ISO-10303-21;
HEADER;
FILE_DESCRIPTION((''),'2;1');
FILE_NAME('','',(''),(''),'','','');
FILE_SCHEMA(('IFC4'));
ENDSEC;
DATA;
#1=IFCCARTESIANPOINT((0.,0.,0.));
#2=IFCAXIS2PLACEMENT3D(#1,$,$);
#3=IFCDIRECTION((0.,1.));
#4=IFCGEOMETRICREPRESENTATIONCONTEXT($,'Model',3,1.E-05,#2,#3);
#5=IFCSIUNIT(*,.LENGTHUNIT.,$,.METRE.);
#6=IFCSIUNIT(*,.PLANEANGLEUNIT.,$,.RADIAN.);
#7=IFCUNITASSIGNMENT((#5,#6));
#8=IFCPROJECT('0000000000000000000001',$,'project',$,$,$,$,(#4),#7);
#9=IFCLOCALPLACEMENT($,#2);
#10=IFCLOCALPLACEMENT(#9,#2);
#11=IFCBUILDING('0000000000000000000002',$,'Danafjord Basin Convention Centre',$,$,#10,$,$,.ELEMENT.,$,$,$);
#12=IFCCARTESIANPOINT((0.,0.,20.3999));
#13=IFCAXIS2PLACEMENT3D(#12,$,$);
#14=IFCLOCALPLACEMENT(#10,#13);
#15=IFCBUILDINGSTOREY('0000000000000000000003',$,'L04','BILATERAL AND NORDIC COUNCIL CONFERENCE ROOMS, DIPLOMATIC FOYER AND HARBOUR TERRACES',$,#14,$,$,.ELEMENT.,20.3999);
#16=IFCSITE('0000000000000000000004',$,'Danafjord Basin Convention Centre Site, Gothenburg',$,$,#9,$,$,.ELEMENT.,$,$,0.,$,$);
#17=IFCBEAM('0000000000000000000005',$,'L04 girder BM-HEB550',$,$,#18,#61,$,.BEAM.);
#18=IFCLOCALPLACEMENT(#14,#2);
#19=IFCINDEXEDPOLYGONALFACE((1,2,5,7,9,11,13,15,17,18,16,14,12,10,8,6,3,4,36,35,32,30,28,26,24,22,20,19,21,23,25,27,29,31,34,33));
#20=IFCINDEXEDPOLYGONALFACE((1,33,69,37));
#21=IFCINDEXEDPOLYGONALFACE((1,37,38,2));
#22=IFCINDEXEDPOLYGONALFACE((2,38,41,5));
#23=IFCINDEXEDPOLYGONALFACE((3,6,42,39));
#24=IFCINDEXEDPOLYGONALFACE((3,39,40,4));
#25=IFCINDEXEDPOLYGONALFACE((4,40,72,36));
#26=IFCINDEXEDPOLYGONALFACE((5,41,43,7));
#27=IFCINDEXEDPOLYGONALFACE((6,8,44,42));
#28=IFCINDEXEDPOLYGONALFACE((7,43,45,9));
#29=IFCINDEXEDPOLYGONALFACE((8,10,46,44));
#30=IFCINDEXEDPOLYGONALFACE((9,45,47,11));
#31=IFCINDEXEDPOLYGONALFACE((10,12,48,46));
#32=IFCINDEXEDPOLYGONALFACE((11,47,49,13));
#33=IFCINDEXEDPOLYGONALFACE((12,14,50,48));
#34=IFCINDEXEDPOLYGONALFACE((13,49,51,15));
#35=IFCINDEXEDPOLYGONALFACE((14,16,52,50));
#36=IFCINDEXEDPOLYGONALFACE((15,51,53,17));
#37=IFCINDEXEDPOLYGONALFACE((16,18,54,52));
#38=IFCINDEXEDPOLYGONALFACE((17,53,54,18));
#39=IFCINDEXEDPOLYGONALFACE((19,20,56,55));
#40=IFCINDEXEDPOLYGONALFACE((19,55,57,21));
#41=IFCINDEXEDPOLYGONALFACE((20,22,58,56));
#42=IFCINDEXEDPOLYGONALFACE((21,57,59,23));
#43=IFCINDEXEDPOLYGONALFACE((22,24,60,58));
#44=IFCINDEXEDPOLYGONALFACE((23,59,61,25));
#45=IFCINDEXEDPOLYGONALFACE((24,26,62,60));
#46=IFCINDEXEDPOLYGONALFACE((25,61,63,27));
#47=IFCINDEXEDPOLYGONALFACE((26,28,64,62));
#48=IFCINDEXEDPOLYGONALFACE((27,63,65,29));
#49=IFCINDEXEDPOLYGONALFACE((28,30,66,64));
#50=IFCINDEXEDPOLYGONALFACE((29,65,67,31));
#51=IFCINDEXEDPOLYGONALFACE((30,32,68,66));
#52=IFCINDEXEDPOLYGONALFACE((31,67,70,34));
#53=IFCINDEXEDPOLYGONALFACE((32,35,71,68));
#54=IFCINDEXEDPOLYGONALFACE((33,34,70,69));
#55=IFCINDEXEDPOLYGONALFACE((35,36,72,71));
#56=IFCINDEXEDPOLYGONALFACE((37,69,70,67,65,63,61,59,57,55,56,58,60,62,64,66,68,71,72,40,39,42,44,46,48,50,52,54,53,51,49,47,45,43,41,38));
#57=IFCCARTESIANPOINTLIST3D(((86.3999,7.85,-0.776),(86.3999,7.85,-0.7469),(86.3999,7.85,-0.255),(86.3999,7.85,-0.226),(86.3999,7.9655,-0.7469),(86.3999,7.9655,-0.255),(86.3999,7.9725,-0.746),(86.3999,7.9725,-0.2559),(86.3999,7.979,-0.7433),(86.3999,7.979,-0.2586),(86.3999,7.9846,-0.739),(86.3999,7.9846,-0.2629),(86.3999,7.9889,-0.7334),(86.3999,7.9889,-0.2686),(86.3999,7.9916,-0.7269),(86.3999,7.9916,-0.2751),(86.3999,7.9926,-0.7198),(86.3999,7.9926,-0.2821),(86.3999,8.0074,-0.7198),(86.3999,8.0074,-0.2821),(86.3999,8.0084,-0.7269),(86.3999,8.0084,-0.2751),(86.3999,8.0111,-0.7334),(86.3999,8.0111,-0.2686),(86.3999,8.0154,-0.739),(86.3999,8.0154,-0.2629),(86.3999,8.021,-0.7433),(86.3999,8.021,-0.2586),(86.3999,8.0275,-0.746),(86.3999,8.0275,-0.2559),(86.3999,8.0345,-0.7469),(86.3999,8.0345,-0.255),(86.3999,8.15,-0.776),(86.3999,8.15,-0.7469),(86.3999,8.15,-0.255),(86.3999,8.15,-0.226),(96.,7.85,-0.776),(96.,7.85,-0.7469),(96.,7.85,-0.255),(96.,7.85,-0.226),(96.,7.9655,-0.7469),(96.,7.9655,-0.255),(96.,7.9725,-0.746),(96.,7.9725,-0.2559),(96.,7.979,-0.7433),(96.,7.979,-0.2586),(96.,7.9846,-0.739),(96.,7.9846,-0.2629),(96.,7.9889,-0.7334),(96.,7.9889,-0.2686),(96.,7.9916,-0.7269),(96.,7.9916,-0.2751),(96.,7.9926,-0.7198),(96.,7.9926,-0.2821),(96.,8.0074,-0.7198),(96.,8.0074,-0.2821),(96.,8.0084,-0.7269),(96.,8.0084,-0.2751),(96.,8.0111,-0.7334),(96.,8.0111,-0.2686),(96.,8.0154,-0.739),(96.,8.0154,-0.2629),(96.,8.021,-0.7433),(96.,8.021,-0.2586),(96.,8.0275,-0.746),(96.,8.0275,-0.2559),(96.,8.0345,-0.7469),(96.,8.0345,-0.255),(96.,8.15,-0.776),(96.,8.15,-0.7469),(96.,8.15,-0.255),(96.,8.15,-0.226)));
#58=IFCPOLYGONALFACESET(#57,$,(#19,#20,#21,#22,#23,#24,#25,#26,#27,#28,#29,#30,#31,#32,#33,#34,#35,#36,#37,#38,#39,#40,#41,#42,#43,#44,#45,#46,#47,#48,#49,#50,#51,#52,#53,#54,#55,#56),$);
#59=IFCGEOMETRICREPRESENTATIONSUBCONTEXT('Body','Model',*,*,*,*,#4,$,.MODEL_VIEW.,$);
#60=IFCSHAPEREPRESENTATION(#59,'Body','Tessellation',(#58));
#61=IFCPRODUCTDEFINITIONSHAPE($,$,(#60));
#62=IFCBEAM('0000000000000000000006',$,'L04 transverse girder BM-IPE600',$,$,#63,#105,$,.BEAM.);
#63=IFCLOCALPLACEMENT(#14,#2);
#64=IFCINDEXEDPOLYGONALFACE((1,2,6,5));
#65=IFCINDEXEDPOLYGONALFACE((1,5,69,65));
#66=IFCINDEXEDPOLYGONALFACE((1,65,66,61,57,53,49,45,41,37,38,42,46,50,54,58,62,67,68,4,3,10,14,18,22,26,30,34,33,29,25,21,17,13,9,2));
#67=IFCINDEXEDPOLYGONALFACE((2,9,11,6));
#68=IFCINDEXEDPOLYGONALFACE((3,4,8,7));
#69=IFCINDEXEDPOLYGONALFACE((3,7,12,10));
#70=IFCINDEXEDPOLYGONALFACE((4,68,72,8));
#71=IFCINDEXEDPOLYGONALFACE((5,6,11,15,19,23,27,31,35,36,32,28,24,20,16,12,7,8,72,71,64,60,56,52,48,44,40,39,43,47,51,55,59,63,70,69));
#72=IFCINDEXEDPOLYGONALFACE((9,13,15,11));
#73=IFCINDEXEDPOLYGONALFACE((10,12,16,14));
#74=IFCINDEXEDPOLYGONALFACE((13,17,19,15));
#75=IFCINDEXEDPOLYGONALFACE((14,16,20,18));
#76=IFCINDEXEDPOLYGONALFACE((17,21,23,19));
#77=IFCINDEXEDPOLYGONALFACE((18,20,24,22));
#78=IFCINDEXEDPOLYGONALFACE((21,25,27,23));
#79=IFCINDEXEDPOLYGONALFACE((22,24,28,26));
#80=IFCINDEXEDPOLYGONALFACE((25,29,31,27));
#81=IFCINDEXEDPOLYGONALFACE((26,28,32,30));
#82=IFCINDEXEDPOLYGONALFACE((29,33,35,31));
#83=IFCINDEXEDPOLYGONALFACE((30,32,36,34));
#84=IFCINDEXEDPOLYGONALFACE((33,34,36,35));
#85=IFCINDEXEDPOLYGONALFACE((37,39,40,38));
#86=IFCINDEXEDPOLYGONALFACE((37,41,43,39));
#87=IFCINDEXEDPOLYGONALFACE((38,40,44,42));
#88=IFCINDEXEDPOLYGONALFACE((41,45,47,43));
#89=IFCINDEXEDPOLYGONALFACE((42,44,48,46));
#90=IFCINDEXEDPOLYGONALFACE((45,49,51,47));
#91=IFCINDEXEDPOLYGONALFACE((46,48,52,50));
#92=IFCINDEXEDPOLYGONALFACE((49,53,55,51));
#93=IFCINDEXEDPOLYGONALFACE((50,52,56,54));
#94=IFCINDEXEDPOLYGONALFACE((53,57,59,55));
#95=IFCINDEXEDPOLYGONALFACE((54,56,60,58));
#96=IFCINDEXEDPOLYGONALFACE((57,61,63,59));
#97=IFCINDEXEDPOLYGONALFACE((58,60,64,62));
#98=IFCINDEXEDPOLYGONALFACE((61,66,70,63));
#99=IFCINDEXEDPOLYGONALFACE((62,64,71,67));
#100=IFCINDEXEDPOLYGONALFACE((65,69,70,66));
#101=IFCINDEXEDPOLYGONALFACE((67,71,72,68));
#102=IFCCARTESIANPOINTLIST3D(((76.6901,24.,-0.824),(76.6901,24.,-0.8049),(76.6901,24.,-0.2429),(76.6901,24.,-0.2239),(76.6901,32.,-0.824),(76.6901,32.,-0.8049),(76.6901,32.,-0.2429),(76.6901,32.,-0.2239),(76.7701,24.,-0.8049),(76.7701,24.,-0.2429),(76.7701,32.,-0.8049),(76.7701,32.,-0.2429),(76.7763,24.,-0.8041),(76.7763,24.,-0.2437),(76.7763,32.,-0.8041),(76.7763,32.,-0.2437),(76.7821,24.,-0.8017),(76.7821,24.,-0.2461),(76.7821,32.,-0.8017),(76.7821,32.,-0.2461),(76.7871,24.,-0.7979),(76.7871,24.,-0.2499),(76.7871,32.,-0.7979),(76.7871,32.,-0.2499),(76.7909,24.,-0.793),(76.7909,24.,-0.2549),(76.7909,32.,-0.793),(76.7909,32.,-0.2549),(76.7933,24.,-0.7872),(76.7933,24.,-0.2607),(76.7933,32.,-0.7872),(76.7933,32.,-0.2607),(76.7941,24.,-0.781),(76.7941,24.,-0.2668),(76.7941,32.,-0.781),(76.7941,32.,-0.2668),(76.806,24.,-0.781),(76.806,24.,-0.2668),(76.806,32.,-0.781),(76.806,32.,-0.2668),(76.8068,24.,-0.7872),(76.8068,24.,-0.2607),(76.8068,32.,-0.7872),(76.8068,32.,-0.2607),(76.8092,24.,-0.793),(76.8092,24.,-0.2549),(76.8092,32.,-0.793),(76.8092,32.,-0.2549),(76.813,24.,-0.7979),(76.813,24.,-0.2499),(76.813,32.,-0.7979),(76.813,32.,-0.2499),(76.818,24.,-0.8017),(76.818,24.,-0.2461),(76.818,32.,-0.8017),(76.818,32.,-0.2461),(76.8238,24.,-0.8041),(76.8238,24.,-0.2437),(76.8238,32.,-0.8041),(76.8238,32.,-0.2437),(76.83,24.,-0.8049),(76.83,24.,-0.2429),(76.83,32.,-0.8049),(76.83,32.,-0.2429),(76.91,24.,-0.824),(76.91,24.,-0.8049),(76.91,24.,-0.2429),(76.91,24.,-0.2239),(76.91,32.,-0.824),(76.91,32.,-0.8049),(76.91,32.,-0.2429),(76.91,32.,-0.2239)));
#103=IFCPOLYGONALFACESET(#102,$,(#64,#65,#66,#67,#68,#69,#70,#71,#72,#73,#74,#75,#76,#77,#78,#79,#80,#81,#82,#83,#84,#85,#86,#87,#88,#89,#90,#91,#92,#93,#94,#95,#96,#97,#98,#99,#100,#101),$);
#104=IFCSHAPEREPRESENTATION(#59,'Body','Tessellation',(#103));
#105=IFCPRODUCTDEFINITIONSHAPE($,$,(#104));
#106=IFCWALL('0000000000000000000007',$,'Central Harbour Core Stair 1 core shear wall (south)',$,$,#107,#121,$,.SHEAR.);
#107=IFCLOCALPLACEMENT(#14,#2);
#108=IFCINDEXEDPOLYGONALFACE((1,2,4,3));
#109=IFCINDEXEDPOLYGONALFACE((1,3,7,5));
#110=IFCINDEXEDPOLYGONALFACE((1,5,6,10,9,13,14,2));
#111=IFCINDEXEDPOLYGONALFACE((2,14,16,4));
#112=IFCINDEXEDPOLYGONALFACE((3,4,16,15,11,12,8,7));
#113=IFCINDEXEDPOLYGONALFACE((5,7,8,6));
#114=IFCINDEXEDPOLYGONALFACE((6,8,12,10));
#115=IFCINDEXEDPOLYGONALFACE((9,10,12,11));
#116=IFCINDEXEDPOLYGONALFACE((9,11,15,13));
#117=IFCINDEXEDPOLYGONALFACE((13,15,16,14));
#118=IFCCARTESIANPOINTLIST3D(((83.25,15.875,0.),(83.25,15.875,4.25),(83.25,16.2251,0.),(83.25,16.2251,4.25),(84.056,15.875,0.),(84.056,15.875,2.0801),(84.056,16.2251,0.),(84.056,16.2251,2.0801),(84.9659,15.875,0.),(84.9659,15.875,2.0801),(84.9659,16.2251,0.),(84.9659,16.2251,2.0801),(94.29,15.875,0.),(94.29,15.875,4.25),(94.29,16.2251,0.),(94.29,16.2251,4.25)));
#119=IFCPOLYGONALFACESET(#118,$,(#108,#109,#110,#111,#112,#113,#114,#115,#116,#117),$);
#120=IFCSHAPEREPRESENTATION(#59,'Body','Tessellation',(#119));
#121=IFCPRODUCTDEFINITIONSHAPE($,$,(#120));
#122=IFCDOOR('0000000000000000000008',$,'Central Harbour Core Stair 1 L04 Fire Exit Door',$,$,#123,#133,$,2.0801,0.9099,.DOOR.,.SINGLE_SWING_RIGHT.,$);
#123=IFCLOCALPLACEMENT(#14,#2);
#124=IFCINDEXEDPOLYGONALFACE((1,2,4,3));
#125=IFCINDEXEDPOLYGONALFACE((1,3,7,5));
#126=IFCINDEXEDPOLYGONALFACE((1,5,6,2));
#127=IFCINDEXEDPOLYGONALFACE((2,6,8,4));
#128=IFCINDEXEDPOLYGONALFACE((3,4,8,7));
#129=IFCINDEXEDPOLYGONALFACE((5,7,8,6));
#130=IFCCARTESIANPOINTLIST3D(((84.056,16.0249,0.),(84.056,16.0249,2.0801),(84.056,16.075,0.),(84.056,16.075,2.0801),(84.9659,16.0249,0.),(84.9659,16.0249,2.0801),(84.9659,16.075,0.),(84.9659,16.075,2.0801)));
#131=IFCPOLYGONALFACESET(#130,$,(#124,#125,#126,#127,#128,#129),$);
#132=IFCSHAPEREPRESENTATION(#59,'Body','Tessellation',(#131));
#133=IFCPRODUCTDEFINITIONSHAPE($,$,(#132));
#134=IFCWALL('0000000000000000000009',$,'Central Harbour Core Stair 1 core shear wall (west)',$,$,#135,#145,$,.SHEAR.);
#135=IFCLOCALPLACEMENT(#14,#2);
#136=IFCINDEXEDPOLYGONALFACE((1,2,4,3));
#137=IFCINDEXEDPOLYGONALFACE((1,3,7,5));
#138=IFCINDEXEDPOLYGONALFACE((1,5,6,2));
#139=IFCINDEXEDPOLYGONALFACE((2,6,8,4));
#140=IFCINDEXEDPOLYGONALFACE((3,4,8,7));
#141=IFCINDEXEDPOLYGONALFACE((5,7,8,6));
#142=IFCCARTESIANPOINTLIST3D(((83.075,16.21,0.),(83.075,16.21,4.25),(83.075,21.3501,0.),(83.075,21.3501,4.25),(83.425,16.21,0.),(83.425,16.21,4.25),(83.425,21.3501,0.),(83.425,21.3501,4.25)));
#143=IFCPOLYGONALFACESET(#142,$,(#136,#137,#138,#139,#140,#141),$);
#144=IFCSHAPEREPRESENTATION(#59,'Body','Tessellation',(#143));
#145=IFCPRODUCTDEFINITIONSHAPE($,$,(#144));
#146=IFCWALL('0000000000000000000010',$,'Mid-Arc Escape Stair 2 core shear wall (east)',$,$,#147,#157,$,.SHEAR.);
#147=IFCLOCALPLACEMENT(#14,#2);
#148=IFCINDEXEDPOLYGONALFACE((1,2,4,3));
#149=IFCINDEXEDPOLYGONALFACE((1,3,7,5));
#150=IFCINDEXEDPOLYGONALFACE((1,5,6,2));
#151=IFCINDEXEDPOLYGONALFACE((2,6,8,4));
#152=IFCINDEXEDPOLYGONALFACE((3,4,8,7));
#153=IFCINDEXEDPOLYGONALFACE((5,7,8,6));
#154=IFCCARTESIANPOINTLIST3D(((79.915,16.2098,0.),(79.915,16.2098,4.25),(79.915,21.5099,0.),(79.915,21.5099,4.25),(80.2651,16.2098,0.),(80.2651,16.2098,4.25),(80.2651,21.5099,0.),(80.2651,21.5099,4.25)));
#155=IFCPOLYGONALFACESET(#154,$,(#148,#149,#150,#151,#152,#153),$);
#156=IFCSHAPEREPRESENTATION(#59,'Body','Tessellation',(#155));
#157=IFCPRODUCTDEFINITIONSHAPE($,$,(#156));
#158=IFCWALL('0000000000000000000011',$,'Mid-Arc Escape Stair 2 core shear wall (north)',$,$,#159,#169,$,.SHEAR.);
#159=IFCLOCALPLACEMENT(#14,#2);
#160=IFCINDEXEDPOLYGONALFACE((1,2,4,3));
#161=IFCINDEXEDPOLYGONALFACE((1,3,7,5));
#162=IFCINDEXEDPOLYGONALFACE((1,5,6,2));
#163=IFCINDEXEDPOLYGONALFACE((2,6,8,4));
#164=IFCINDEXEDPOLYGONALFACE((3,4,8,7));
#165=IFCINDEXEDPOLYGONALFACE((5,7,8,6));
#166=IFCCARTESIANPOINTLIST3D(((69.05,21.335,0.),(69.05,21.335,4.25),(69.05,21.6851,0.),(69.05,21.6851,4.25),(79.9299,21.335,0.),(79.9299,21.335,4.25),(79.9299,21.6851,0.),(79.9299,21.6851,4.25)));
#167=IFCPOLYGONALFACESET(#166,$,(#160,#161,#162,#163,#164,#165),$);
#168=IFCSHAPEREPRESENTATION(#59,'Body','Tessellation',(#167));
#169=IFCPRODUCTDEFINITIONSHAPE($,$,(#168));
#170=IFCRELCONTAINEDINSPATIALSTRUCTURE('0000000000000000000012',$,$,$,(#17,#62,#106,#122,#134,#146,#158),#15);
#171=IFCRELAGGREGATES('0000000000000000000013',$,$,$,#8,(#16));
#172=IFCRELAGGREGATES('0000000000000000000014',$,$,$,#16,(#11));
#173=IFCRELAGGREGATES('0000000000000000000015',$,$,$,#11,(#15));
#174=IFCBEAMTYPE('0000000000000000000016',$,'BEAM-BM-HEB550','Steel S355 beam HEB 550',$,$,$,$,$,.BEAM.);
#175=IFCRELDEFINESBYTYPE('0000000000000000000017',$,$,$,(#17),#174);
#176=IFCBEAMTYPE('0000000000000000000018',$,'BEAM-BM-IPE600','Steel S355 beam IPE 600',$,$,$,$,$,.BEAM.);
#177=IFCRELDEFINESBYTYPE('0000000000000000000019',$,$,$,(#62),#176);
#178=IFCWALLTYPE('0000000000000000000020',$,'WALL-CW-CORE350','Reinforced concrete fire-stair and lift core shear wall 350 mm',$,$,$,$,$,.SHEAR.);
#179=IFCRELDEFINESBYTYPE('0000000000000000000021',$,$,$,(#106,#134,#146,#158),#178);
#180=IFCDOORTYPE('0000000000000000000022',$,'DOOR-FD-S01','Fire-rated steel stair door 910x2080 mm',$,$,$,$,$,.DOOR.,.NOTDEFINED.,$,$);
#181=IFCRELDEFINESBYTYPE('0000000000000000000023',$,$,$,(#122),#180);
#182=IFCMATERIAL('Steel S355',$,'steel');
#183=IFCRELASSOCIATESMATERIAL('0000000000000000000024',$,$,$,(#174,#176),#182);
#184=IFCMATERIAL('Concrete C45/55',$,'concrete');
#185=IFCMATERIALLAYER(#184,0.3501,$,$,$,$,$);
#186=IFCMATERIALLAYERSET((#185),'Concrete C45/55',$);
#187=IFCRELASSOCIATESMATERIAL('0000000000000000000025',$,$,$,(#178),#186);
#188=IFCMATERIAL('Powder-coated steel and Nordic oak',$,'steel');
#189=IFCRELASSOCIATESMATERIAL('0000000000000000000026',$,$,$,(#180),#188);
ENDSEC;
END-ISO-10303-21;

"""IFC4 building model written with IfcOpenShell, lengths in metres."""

from ifc_helpers import new_model, si_unit, direction, frame, frame_2d, origin, origin_2d, place, context, subcontext, project, spatial, rectangle, i_section, extrude, material, layer, layer_set, material_profile, profile_set, type_object, element, fill, save


model = new_model("IFC4")

# Units and contexts
model_context = context("Model", 3, precision=1e-05, world=origin(), true_north=direction((0.0, 1.0)))
body_context = subcontext(model_context, "Body", "Model", "MODEL_VIEW")
ifc_project = project(units=[si_unit("LENGTHUNIT", "METRE"), si_unit("PLANEANGLEUNIT", "RADIAN")], contexts=[model_context])

# Site, building, storey
site_placement = place(None, origin())
site = spatial("IfcSite", under=ifc_project, at=site_placement, Name="Danafjord Basin Convention Centre Site, Gothenburg", CompositionType="ELEMENT", RefElevation=0.0)
building_placement = place(site_placement, origin())
building = spatial("IfcBuilding", under=site, at=building_placement, Name="Danafjord Basin Convention Centre", CompositionType="ELEMENT")
storey_placement = place(building_placement, frame((0.0, 0.0, 20.3999)))
storey = spatial("IfcBuildingStorey", under=building, at=storey_placement, Name="L04", Description="BILATERAL AND NORDIC COUNCIL CONFERENCE ROOMS, DIPLOMATIC FOYER AND HARBOUR TERRACES", CompositionType="ELEMENT", Elevation=20.3999)

# Shared definitions
ifc_material_1 = material(Name="Steel S355", Category="steel")

# Beams
ifc_material_profile_1 = material_profile(ifc_material_1, i_section(OverallWidth=0.3, OverallDepth=0.55, WebThickness=0.0149, FlangeThickness=0.0291, FilletRadius=0.0271, at=origin_2d()), Name="HEB 550")
ifc_profile_set_1 = profile_set([ifc_material_profile_1], Name="Steel S355")
beam_type_1 = type_object("IfcBeamType", Name="BEAM-BM-HEB550", Description="Steel S355 beam HEB 550", PredefinedType="BEAM", material=ifc_profile_set_1)
beam_1_placement = place(storey_placement, frame((86.3999, 8.0, -0.501), z_axis=(1.0, 0.0, 0.0), x_axis=(0.0, 1.0, 0.0)))
element("IfcBeam", 1, at=beam_1_placement, inside=storey, type_object=beam_type_1, Name="L04 girder BM-HEB550", PredefinedType="BEAM", context=body_context, shape_type="SweptSolid", body=[
    extrude(i_section(OverallWidth=0.3, OverallDepth=0.55, WebThickness=0.0149, FlangeThickness=0.0291, FilletRadius=0.0271, at=origin_2d()), origin(), (0.0, 0.0, 1.0), 9.6001),
])
ifc_material_profile_2 = material_profile(ifc_material_1, i_section(OverallWidth=0.22, OverallDepth=0.6001, WebThickness=0.012, FlangeThickness=0.019, FilletRadius=0.0239, at=origin_2d()), Name="IPE 600")
ifc_profile_set_2 = profile_set([ifc_material_profile_2], Name="Steel S355")
beam_type_2 = type_object("IfcBeamType", Name="BEAM-BM-IPE600", Description="Steel S355 beam IPE 600", PredefinedType="BEAM", material=ifc_profile_set_2)
beam_2_placement = place(storey_placement, frame((76.8, 24.0, -0.5239), z_axis=(0.0, 1.0, 0.0), x_axis=(-1.0, 0.0, 0.0)))
element("IfcBeam", 2, at=beam_2_placement, inside=storey, type_object=beam_type_2, Name="L04 transverse girder BM-IPE600", PredefinedType="BEAM", context=body_context, shape_type="SweptSolid", body=[
    extrude(i_section(OverallWidth=0.22, OverallDepth=0.6001, WebThickness=0.012, FlangeThickness=0.019, FilletRadius=0.0239, at=origin_2d()), origin(), (0.0, 0.0, 1.0), 8.0),
])

# Wall, opening, door
ifc_material_2 = material(Name="Concrete C45/55", Category="concrete")
ifc_layer_1 = layer(ifc_material_2, 0.3501)
ifc_layer_set_1 = layer_set([ifc_layer_1], Name="Concrete C45/55")
wall_type = type_object("IfcWallType", Name="WALL-CW-CORE350", Description="Reinforced concrete fire-stair and lift core shear wall 350 mm", PredefinedType="SHEAR", material=ifc_layer_set_1)
wall_1_placement = place(storey_placement, frame((83.25, 16.05, 0.0), z_axis=(0.0, 0.0, 1.0), x_axis=(1.0, 0.0, 0.0)))
wall_1 = element("IfcWall", 3, at=wall_1_placement, inside=storey, type_object=wall_type, Name="Central Harbour Core Stair 1 core shear wall (south)", PredefinedType="SHEAR", context=body_context, shape_type="SweptSolid", body=[
    extrude(rectangle(XDim=11.04, YDim=0.3501, at=frame_2d((5.52, 0.0))), origin(), (0.0, 0.0, 1.0), 4.25),
])
opening_placement = place(wall_1_placement, frame((0.8059, 0.0, 0.0)))
opening = element("IfcOpeningElement", 4, at=opening_placement, cuts=wall_1, PredefinedType="OPENING", context=body_context, shape_type="SweptSolid", body=[
    extrude(rectangle(XDim=0.9099, YDim=2.0801, at=frame_2d((0.4551, 1.04))), frame((0.0, 0.1851, 0.0), z_axis=(0.0, -1.0, 0.0), x_axis=(1.0, 0.0, 0.0)), (0.0, 0.0, 1.0), 0.3701),
])
ifc_material_3 = material(Name="Powder-coated steel and Nordic oak", Category="steel")
door_type = type_object("IfcDoorType", Name="DOOR-FD-S01", Description="Fire-rated steel stair door 910x2080 mm", OperationType="NOTDEFINED", PredefinedType="DOOR", material=ifc_material_3)
door_placement = place(opening_placement, origin())
door = element("IfcDoor", 5, at=door_placement, inside=storey, type_object=door_type, Name="Central Harbour Core Stair 1 L04 Fire Exit Door", OperationType="SINGLE_SWING_RIGHT", OverallHeight=2.0801, OverallWidth=0.9099, PredefinedType="DOOR", context=body_context, shape_type="SweptSolid", body=[
    extrude(rectangle(XDim=0.9099, YDim=2.0801, at=frame_2d((0.4551, 1.04))), frame((0.0, 0.0249, 0.0), z_axis=(0.0, -1.0, 0.0), x_axis=(1.0, 0.0, 0.0)), (0.0, 0.0, 1.0), 0.05),
])
fill(opening, door)

# Walls
wall_2_placement = place(storey_placement, frame((83.25, 21.3501, 0.0), z_axis=(0.0, 0.0, 1.0), x_axis=(0.0, -1.0, 0.0)))
element("IfcWall", 6, at=wall_2_placement, inside=storey, type_object=wall_type, Name="Central Harbour Core Stair 1 core shear wall (west)", PredefinedType="SHEAR", context=body_context, shape_type="SweptSolid", body=[
    extrude(rectangle(XDim=5.1401, YDim=0.3501, at=frame_2d((2.5701, 0.0))), origin(), (0.0, 0.0, 1.0), 4.25),
])
wall_3_placement = place(storey_placement, frame((80.0901, 16.21, 0.0), z_axis=(0.0, 0.0, 1.0), x_axis=(0.0, 1.0, 0.0)))
element("IfcWall", 7, at=wall_3_placement, inside=storey, type_object=wall_type, Name="Mid-Arc Escape Stair 2 core shear wall (east)", PredefinedType="SHEAR", context=body_context, shape_type="SweptSolid", body=[
    extrude(rectangle(XDim=5.3, YDim=0.3501, at=frame_2d((2.6499, 0.0))), origin(), (0.0, 0.0, 1.0), 4.25),
])
wall_4_placement = place(storey_placement, frame((79.9299, 21.51, 0.0), z_axis=(0.0, 0.0, 1.0), x_axis=(-1.0, 0.0, 0.0)))
element("IfcWall", 8, at=wall_4_placement, inside=storey, type_object=wall_type, Name="Mid-Arc Escape Stair 2 core shear wall (north)", PredefinedType="SHEAR", context=body_context, shape_type="SweptSolid", body=[
    extrude(rectangle(XDim=10.8799, YDim=0.3501, at=frame_2d((5.4399, 0.0))), origin(), (0.0, 0.0, 1.0), 4.25),
])

save(model, "model.ifc")
